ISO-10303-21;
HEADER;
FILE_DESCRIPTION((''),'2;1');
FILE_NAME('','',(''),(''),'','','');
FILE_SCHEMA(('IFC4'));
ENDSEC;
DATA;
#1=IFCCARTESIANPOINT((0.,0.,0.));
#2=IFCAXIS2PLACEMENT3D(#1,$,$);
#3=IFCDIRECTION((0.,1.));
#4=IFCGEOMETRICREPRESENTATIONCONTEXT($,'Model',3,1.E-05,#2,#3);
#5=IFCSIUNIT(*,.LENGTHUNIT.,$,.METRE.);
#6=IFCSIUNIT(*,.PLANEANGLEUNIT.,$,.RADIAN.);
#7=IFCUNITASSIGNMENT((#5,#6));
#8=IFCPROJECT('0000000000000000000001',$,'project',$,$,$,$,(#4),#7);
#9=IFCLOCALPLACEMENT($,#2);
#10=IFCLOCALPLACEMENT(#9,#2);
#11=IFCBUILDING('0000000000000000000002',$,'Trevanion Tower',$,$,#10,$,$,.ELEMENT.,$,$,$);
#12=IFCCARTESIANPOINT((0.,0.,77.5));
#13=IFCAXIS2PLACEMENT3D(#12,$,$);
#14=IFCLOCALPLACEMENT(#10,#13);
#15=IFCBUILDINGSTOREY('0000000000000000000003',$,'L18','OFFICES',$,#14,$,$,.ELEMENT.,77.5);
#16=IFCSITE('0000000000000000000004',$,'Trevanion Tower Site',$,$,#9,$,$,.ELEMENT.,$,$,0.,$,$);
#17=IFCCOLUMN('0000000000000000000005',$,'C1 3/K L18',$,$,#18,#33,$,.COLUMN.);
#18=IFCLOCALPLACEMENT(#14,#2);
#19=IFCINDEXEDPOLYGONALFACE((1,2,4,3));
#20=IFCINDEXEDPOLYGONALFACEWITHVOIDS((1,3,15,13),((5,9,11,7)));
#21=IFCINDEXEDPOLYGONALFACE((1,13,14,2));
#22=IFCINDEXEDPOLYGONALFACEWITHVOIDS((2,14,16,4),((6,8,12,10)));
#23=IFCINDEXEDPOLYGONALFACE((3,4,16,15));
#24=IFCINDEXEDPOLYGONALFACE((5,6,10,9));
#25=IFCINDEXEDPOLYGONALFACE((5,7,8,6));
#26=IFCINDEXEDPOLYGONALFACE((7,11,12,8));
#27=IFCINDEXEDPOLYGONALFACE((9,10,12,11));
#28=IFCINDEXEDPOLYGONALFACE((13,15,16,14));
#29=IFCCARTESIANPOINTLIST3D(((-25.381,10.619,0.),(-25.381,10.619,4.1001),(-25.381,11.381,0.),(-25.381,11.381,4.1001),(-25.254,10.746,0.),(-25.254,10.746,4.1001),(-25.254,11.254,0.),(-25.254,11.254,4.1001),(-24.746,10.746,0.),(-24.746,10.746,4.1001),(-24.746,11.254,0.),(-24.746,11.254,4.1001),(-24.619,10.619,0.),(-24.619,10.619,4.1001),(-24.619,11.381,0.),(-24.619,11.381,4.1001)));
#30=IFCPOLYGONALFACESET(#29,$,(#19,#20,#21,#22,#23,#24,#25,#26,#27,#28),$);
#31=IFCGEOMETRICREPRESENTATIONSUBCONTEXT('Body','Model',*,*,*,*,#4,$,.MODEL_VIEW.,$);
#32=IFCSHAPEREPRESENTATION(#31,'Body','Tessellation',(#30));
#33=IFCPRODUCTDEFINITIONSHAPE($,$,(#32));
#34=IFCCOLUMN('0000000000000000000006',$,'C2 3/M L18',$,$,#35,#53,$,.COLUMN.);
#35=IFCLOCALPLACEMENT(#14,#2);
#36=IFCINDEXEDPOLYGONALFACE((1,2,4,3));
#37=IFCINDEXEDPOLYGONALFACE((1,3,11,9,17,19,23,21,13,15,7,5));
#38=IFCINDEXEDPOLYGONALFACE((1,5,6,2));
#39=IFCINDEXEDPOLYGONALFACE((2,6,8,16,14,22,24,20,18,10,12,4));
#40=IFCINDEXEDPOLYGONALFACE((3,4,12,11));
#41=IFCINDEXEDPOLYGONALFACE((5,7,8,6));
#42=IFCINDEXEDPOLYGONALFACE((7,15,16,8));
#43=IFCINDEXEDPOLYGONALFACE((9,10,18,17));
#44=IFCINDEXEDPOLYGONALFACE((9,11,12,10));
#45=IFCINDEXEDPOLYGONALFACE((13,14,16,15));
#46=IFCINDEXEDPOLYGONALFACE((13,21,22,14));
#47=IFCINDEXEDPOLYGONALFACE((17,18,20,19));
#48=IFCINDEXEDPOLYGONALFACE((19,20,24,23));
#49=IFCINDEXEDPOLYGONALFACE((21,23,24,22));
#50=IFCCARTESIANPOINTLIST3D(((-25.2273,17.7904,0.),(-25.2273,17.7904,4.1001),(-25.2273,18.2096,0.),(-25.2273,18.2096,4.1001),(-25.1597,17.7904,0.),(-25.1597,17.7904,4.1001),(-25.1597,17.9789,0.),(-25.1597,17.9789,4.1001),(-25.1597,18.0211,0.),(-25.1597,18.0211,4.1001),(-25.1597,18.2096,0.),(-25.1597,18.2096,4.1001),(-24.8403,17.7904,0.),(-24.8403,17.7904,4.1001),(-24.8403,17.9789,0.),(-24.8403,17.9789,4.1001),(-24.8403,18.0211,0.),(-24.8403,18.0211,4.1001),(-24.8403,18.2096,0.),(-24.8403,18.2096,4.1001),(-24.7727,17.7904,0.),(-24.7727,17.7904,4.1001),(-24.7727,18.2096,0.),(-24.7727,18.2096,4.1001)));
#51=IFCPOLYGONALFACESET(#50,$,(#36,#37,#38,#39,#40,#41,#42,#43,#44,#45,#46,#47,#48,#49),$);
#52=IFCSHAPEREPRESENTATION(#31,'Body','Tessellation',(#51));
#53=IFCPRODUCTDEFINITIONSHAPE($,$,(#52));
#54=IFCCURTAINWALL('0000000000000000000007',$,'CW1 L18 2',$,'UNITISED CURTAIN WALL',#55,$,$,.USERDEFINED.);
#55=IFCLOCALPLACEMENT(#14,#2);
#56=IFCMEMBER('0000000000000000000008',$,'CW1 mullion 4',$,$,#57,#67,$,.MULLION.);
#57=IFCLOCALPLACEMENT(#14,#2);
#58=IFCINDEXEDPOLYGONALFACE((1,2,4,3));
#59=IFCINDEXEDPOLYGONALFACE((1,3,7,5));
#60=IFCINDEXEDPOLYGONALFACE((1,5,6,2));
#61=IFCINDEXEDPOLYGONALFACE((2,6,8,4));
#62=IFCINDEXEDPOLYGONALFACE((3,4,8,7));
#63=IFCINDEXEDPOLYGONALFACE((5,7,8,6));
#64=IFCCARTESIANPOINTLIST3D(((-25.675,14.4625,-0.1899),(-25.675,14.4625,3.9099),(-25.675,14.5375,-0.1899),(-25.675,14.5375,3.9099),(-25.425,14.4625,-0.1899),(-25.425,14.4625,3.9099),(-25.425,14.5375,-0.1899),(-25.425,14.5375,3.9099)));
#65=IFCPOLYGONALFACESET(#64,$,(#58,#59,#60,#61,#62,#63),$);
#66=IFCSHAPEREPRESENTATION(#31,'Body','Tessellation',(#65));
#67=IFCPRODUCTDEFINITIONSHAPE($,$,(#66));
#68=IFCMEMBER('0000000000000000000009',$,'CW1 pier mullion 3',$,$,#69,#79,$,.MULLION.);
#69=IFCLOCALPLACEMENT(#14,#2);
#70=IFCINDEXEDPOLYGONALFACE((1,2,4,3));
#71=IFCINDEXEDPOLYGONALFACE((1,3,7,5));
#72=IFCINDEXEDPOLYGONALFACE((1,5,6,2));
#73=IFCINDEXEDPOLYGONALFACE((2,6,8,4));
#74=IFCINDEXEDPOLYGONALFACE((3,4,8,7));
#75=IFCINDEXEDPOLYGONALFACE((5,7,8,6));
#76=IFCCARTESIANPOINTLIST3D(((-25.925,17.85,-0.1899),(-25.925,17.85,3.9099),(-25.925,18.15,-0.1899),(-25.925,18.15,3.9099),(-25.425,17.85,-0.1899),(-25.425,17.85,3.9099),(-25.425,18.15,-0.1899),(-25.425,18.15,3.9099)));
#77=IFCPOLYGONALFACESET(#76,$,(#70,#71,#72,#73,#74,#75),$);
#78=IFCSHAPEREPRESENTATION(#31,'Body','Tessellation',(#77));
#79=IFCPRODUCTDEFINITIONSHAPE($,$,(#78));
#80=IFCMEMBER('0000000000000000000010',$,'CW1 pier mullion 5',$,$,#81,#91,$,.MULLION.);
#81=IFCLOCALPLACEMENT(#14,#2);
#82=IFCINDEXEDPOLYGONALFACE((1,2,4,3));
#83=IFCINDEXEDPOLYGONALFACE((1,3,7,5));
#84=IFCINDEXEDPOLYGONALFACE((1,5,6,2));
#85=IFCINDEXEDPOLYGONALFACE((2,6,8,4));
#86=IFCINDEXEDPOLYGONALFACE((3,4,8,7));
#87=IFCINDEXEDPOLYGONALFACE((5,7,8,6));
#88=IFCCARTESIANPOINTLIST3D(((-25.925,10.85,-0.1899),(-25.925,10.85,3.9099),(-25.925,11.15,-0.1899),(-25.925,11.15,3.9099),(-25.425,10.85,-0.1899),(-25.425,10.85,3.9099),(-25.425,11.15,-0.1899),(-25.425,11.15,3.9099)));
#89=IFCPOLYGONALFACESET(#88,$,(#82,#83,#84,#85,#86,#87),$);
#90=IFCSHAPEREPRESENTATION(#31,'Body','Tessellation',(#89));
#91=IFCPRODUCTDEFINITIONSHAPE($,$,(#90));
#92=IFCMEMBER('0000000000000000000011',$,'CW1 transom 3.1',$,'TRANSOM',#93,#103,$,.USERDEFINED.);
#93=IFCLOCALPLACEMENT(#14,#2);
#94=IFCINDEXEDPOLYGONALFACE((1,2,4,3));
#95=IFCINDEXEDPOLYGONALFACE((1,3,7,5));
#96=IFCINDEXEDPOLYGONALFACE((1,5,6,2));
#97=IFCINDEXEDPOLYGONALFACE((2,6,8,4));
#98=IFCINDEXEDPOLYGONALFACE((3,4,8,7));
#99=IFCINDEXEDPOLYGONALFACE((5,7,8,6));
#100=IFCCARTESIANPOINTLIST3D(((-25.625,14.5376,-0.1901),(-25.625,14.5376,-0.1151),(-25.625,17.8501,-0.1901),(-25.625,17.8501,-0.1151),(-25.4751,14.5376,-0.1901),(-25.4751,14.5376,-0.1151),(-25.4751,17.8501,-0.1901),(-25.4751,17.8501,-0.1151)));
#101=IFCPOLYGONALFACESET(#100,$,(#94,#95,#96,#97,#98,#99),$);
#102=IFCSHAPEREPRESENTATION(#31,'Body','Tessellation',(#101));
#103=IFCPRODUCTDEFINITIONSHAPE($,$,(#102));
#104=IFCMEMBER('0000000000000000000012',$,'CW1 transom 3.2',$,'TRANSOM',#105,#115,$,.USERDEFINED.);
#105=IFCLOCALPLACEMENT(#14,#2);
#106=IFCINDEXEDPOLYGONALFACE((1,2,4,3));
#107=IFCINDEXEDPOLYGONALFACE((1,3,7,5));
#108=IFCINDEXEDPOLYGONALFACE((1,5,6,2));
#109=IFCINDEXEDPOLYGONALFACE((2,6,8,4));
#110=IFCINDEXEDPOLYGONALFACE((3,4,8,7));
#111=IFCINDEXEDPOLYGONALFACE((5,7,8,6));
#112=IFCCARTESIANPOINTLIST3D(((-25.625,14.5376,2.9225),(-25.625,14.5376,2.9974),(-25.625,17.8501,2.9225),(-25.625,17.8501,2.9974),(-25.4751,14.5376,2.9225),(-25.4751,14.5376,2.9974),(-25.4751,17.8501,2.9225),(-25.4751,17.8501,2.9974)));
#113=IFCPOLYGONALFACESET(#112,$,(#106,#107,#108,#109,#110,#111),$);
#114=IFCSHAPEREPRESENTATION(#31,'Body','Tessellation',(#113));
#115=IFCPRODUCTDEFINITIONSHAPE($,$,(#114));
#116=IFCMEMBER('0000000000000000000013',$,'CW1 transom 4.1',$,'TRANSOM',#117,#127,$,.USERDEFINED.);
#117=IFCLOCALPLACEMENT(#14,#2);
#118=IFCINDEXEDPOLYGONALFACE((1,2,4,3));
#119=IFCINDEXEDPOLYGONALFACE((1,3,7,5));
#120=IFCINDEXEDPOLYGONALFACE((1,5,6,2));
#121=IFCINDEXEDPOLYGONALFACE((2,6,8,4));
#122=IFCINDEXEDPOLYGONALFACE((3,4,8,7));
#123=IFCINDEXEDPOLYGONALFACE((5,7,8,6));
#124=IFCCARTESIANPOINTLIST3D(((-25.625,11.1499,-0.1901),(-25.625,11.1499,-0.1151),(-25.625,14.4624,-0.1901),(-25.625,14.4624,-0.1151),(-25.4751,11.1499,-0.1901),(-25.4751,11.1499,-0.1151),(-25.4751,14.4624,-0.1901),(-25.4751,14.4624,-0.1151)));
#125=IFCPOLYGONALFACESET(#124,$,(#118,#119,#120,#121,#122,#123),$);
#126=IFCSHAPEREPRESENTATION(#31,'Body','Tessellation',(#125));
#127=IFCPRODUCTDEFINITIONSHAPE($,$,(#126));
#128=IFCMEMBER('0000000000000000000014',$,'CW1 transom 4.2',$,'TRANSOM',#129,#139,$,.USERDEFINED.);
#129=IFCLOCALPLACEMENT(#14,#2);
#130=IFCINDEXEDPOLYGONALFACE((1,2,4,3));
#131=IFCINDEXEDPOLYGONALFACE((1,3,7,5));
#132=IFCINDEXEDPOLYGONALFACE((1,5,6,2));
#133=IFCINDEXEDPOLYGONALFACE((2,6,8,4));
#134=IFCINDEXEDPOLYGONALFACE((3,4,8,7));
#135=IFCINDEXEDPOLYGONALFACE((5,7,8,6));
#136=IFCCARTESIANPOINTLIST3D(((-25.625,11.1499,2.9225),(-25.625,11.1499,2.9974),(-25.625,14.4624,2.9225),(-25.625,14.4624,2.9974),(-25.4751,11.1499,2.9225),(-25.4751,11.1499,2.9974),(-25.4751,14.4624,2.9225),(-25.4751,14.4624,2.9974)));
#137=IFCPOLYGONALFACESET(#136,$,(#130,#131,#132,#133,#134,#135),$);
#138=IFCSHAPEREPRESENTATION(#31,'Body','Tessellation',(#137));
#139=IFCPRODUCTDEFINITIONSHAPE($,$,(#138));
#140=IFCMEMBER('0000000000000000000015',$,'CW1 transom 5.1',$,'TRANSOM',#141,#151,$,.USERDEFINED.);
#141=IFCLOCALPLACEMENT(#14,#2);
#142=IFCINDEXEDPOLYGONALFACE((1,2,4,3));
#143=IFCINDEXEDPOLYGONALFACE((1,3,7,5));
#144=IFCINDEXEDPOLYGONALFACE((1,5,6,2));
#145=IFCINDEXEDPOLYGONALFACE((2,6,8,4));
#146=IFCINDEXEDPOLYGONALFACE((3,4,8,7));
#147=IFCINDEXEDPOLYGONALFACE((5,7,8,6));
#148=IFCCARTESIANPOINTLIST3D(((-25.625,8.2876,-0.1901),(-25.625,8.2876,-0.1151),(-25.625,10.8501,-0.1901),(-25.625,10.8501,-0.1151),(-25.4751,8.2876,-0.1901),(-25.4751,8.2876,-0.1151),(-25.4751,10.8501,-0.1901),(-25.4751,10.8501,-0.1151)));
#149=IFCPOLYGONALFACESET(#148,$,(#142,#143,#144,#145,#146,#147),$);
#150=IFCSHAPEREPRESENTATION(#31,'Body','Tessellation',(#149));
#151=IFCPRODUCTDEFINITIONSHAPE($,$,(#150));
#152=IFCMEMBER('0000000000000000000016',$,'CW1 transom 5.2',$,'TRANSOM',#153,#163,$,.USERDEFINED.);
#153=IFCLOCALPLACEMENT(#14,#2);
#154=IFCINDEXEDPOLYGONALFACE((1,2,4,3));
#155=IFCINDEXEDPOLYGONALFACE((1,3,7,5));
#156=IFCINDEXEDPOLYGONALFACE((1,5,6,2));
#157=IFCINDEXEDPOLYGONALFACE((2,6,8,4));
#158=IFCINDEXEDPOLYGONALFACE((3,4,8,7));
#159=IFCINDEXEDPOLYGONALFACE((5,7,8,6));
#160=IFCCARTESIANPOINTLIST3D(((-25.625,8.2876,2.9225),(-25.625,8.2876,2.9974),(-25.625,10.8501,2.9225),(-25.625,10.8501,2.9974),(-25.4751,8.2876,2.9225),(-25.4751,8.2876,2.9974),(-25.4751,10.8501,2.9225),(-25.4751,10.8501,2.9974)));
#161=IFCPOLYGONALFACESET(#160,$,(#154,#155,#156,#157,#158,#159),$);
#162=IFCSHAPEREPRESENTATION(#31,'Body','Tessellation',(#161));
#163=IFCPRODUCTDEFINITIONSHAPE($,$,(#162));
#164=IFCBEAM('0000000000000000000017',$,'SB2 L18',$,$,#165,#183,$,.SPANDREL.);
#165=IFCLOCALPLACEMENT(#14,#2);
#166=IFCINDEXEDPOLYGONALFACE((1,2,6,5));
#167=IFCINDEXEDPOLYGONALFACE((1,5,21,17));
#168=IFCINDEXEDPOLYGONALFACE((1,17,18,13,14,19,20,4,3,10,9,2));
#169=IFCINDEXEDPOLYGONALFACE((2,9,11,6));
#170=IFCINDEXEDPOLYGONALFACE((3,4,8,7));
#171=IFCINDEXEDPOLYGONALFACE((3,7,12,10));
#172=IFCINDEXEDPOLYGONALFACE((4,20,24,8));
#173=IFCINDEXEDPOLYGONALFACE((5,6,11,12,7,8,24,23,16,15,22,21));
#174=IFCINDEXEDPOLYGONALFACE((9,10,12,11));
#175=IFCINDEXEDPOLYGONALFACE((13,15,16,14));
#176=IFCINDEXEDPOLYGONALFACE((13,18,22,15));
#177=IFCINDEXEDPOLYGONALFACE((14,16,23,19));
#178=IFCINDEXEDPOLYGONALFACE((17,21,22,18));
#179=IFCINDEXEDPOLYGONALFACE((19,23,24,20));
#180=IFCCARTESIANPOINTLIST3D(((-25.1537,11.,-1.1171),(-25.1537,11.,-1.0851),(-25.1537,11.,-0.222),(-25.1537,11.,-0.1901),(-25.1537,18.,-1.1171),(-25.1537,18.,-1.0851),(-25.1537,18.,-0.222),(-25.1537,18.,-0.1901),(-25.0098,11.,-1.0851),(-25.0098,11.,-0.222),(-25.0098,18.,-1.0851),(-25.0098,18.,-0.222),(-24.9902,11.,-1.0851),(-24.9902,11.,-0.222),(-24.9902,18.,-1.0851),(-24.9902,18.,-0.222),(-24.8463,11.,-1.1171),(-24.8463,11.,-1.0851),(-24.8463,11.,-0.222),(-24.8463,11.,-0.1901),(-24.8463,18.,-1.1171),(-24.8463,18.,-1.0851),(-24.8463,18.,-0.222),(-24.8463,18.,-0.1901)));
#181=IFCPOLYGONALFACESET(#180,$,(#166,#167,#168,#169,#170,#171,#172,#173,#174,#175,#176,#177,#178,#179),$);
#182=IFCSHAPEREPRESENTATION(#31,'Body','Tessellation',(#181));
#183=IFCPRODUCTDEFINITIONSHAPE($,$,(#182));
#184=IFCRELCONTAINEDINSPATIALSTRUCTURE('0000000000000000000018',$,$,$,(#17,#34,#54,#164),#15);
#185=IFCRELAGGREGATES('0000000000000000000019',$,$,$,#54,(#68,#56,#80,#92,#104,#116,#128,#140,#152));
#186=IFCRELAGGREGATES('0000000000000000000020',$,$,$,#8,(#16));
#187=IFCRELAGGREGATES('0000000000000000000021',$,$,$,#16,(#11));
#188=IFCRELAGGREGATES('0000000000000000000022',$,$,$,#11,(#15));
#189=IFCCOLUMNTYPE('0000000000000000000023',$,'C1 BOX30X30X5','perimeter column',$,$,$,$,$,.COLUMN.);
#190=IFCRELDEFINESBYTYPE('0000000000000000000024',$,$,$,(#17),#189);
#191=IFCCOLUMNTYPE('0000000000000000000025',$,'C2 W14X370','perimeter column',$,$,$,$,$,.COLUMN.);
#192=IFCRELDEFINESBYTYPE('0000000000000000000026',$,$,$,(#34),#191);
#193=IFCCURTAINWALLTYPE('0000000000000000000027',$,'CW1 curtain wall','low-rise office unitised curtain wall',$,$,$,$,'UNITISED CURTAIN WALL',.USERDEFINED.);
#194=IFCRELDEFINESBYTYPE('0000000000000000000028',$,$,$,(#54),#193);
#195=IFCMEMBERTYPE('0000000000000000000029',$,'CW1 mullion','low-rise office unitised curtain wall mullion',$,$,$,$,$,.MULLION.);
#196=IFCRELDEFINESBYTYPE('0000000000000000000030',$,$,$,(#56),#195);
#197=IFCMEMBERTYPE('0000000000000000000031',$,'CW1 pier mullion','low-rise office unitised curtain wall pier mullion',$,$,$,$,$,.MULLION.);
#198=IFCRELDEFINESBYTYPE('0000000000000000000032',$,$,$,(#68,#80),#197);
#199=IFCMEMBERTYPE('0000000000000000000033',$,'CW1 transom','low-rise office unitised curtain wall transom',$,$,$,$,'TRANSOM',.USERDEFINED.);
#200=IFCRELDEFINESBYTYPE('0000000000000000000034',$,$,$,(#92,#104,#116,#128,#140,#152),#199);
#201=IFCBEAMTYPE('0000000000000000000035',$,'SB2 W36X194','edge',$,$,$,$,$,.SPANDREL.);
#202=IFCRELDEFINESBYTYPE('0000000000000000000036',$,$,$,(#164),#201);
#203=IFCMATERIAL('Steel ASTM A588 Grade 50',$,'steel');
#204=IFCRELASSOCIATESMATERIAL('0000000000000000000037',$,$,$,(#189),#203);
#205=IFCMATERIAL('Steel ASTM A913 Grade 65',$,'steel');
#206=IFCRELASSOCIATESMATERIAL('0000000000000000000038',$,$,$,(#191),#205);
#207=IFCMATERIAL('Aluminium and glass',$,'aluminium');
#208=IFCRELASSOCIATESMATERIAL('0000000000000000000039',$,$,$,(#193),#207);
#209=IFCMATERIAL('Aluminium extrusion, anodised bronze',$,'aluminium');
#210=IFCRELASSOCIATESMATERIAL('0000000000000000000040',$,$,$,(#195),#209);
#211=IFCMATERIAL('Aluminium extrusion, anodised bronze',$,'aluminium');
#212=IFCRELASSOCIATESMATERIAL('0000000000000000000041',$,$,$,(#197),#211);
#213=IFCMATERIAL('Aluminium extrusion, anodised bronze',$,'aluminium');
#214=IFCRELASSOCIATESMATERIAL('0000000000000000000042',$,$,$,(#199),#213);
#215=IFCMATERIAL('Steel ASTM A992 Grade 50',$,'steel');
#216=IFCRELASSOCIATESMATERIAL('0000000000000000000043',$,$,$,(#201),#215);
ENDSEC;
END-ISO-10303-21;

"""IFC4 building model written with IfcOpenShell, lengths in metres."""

from ifc_helpers import new_model, si_unit, direction, frame, origin, origin_2d, place, context, subcontext, project, spatial, rectangle, hollow_rectangle, i_section, extrude, material, material_profile, profile_set, type_object, element, aggregate, save


model = new_model("IFC4")

# Units and contexts
model_context = context("Model", 3, precision=1e-05, world=origin(), true_north=direction((0.0, 1.0)))
body_context = subcontext(model_context, "Body", "Model", "MODEL_VIEW")
ifc_project = project(units=[si_unit("LENGTHUNIT", "METRE"), si_unit("PLANEANGLEUNIT", "RADIAN")], contexts=[model_context])

# Site, building, storey
site_placement = place(None, origin())
site = spatial("IfcSite", under=ifc_project, at=site_placement, Name="Trevanion Tower Site", CompositionType="ELEMENT", RefElevation=0.0)
building_placement = place(site_placement, origin())
building = spatial("IfcBuilding", under=site, at=building_placement, Name="Trevanion Tower", CompositionType="ELEMENT")
storey_placement = place(building_placement, frame((0.0, 0.0, 77.5)))
storey = spatial("IfcBuildingStorey", under=building, at=storey_placement, Name="L18", Description="OFFICES", CompositionType="ELEMENT", Elevation=77.5)

# Columns
ifc_material_1 = material(Name="Steel ASTM A588 Grade 50", Category="steel")
ifc_material_profile_1 = material_profile(ifc_material_1, hollow_rectangle(XDim=0.762, YDim=0.762, WallThickness=0.127, at=origin_2d()), Name="BOX30X30X5")
ifc_profile_set_1 = profile_set([ifc_material_profile_1], Name="Steel ASTM A588 Grade 50")
column_type_1 = type_object("IfcColumnType", Name="C1 BOX30X30X5", Description="perimeter column", PredefinedType="COLUMN", material=ifc_profile_set_1)
column_1_placement = place(storey_placement, frame((-25.0, 11.0, 0.0), z_axis=(0.0, 0.0, 1.0), x_axis=(0.0, 1.0, 0.0)))
element("IfcColumn", 1, at=column_1_placement, inside=storey, type_object=column_type_1, Name="C1 3/K L18", PredefinedType="COLUMN", context=body_context, shape_type="SweptSolid", body=[
    extrude(hollow_rectangle(XDim=0.762, YDim=0.762, WallThickness=0.127, at=origin_2d()), origin(), (0.0, 0.0, 1.0), 4.1001),
])
ifc_material_2 = material(Name="Steel ASTM A913 Grade 65", Category="steel")
ifc_material_profile_2 = material_profile(ifc_material_2, i_section(OverallWidth=0.4192, OverallDepth=0.4546, WebThickness=0.0422, FlangeThickness=0.0676, at=origin_2d()), Name="W14X370")
ifc_profile_set_2 = profile_set([ifc_material_profile_2], Name="Steel ASTM A913 Grade 65")
column_type_2 = type_object("IfcColumnType", Name="C2 W14X370", Description="perimeter column", PredefinedType="COLUMN", material=ifc_profile_set_2)
column_2_placement = place(storey_placement, frame((-25.0, 18.0, 0.0), z_axis=(0.0, 0.0, 1.0), x_axis=(0.0, 1.0, 0.0)))
element("IfcColumn", 2, at=column_2_placement, inside=storey, type_object=column_type_2, Name="C2 3/M L18", PredefinedType="COLUMN", context=body_context, shape_type="SweptSolid", body=[
    extrude(i_section(OverallWidth=0.4192, OverallDepth=0.4546, WebThickness=0.0422, FlangeThickness=0.0676, at=origin_2d()), origin(), (0.0, 0.0, 1.0), 4.1001),
])

# Curtain wall, members
ifc_material_3 = material(Name="Aluminium and glass", Category="aluminium")
curtain_wall_type = type_object("IfcCurtainWallType", Name="CW1 curtain wall", Description="low-rise office unitised curtain wall", ElementType="UNITISED CURTAIN WALL", PredefinedType="USERDEFINED", material=ifc_material_3)
curtain_wall_placement = place(storey_placement, origin())
curtain_wall = element("IfcCurtainWall", 3, at=curtain_wall_placement, inside=storey, type_object=curtain_wall_type, Name="CW1 L18 2", ObjectType="UNITISED CURTAIN WALL", PredefinedType="USERDEFINED")
ifc_material_4 = material(Name="Aluminium extrusion, anodised bronze", Category="aluminium")
ifc_material_profile_3 = material_profile(ifc_material_4, rectangle(XDim=0.075, YDim=0.25, at=origin_2d()), Name="CW1 mullion")
ifc_profile_set_3 = profile_set([ifc_material_profile_3], Name="Aluminium extrusion, anodised bronze")
member_type_1 = type_object("IfcMemberType", Name="CW1 mullion", Description="low-rise office unitised curtain wall mullion", PredefinedType="MULLION", material=ifc_profile_set_3)
member_1_placement = place(storey_placement, frame((-25.55, 14.5, -0.1899), z_axis=(0.0, 0.0, 1.0), x_axis=(0.0, -1.0, 0.0)))
member_1 = element("IfcMember", 4, at=member_1_placement, type_object=member_type_1, Name="CW1 mullion 4", PredefinedType="MULLION", context=body_context, shape_type="SweptSolid", body=[
    extrude(rectangle(XDim=0.075, YDim=0.25, at=origin_2d()), origin(), (0.0, 0.0, 1.0), 4.0999),
])
ifc_material_5 = material(Name="Aluminium extrusion, anodised bronze", Category="aluminium")
ifc_material_profile_4 = material_profile(ifc_material_5, rectangle(XDim=0.3, YDim=0.5, at=origin_2d()), Name="CW1 pier mullion")
ifc_profile_set_4 = profile_set([ifc_material_profile_4], Name="Aluminium extrusion, anodised bronze")
member_type_2 = type_object("IfcMemberType", Name="CW1 pier mullion", Description="low-rise office unitised curtain wall pier mullion", PredefinedType="MULLION", material=ifc_profile_set_4)
member_2_placement = place(storey_placement, frame((-25.675, 18.0, -0.1899), z_axis=(0.0, 0.0, 1.0), x_axis=(0.0, -1.0, 0.0)))
member_2 = element("IfcMember", 5, at=member_2_placement, type_object=member_type_2, Name="CW1 pier mullion 3", PredefinedType="MULLION", context=body_context, shape_type="SweptSolid", body=[
    extrude(rectangle(XDim=0.3, YDim=0.5, at=origin_2d()), origin(), (0.0, 0.0, 1.0), 4.0999),
])
member_3_placement = place(storey_placement, frame((-25.675, 11.0, -0.1899), z_axis=(0.0, 0.0, 1.0), x_axis=(0.0, -1.0, 0.0)))
member_3 = element("IfcMember", 6, at=member_3_placement, type_object=member_type_2, Name="CW1 pier mullion 5", PredefinedType="MULLION", context=body_context, shape_type="SweptSolid", body=[
    extrude(rectangle(XDim=0.3, YDim=0.5, at=origin_2d()), origin(), (0.0, 0.0, 1.0), 4.0999),
])
ifc_material_6 = material(Name="Aluminium extrusion, anodised bronze", Category="aluminium")
ifc_material_profile_5 = material_profile(ifc_material_6, rectangle(XDim=0.1499, YDim=0.075, at=origin_2d()), Name="CW1 transom")
ifc_profile_set_5 = profile_set([ifc_material_profile_5], Name="Aluminium extrusion, anodised bronze")
member_type_3 = type_object("IfcMemberType", Name="CW1 transom", Description="low-rise office unitised curtain wall transom", ElementType="TRANSOM", PredefinedType="USERDEFINED", material=ifc_profile_set_5)
member_4_placement = place(storey_placement, frame((-25.55, 17.8501, -0.1526), z_axis=(0.0, -1.0, 0.0), x_axis=(1.0, 0.0, 0.0)))
member_4 = element("IfcMember", 7, at=member_4_placement, type_object=member_type_3, Name="CW1 transom 3.1", ObjectType="TRANSOM", PredefinedType="USERDEFINED", context=body_context, shape_type="SweptSolid", body=[
    extrude(rectangle(XDim=0.1499, YDim=0.075, at=origin_2d()), origin(), (0.0, 0.0, 1.0), 3.3125),
])
member_5_placement = place(storey_placement, frame((-25.55, 17.8501, 2.96), z_axis=(0.0, -1.0, 0.0), x_axis=(1.0, 0.0, 0.0)))
member_5 = element("IfcMember", 8, at=member_5_placement, type_object=member_type_3, Name="CW1 transom 3.2", ObjectType="TRANSOM", PredefinedType="USERDEFINED", context=body_context, shape_type="SweptSolid", body=[
    extrude(rectangle(XDim=0.1499, YDim=0.075, at=origin_2d()), origin(), (0.0, 0.0, 1.0), 3.3125),
])
member_6_placement = place(storey_placement, frame((-25.55, 14.4624, -0.1526), z_axis=(0.0, -1.0, 0.0), x_axis=(1.0, 0.0, 0.0)))
member_6 = element("IfcMember", 9, at=member_6_placement, type_object=member_type_3, Name="CW1 transom 4.1", ObjectType="TRANSOM", PredefinedType="USERDEFINED", context=body_context, shape_type="SweptSolid", body=[
    extrude(rectangle(XDim=0.1499, YDim=0.075, at=origin_2d()), origin(), (0.0, 0.0, 1.0), 3.3125),
])
member_7_placement = place(storey_placement, frame((-25.55, 14.4624, 2.96), z_axis=(0.0, -1.0, 0.0), x_axis=(1.0, 0.0, 0.0)))
member_7 = element("IfcMember", 10, at=member_7_placement, type_object=member_type_3, Name="CW1 transom 4.2", ObjectType="TRANSOM", PredefinedType="USERDEFINED", context=body_context, shape_type="SweptSolid", body=[
    extrude(rectangle(XDim=0.1499, YDim=0.075, at=origin_2d()), origin(), (0.0, 0.0, 1.0), 3.3125),
])
member_8_placement = place(storey_placement, frame((-25.55, 10.8501, -0.1526), z_axis=(0.0, -1.0, 0.0), x_axis=(1.0, 0.0, 0.0)))
member_8 = element("IfcMember", 11, at=member_8_placement, type_object=member_type_3, Name="CW1 transom 5.1", ObjectType="TRANSOM", PredefinedType="USERDEFINED", context=body_context, shape_type="SweptSolid", body=[
    extrude(rectangle(XDim=0.1499, YDim=0.075, at=origin_2d()), origin(), (0.0, 0.0, 1.0), 2.5625),
])
member_9_placement = place(storey_placement, frame((-25.55, 10.8501, 2.96), z_axis=(0.0, -1.0, 0.0), x_axis=(1.0, 0.0, 0.0)))
member_9 = element("IfcMember", 12, at=member_9_placement, type_object=member_type_3, Name="CW1 transom 5.2", ObjectType="TRANSOM", PredefinedType="USERDEFINED", context=body_context, shape_type="SweptSolid", body=[
    extrude(rectangle(XDim=0.1499, YDim=0.075, at=origin_2d()), origin(), (0.0, 0.0, 1.0), 2.5625),
])

# Beam
ifc_material_7 = material(Name="Steel ASTM A992 Grade 50", Category="steel")
ifc_material_profile_6 = material_profile(ifc_material_7, i_section(OverallWidth=0.3074, OverallDepth=0.927, WebThickness=0.0195, FlangeThickness=0.032, at=origin_2d()), Name="W36X194")
ifc_profile_set_6 = profile_set([ifc_material_profile_6], Name="Steel ASTM A992 Grade 50")
beam_type = type_object("IfcBeamType", Name="SB2 W36X194", Description="edge", PredefinedType="SPANDREL", material=ifc_profile_set_6)
beam_1_placement = place(storey_placement, frame((-25.0, 18.0, -0.6536), z_axis=(0.0, -1.0, 0.0), x_axis=(1.0, 0.0, 0.0)))
element("IfcBeam", 13, at=beam_1_placement, inside=storey, type_object=beam_type, Name="SB2 L18", PredefinedType="SPANDREL", context=body_context, shape_type="SweptSolid", body=[
    extrude(i_section(OverallWidth=0.3074, OverallDepth=0.927, WebThickness=0.0195, FlangeThickness=0.032, at=origin_2d()), origin(), (0.0, 0.0, 1.0), 7.0),
])

aggregate(curtain_wall, [member_2, member_1, member_3, member_4, member_5, member_6, member_7, member_8, member_9])

save(model, "model.ifc")
